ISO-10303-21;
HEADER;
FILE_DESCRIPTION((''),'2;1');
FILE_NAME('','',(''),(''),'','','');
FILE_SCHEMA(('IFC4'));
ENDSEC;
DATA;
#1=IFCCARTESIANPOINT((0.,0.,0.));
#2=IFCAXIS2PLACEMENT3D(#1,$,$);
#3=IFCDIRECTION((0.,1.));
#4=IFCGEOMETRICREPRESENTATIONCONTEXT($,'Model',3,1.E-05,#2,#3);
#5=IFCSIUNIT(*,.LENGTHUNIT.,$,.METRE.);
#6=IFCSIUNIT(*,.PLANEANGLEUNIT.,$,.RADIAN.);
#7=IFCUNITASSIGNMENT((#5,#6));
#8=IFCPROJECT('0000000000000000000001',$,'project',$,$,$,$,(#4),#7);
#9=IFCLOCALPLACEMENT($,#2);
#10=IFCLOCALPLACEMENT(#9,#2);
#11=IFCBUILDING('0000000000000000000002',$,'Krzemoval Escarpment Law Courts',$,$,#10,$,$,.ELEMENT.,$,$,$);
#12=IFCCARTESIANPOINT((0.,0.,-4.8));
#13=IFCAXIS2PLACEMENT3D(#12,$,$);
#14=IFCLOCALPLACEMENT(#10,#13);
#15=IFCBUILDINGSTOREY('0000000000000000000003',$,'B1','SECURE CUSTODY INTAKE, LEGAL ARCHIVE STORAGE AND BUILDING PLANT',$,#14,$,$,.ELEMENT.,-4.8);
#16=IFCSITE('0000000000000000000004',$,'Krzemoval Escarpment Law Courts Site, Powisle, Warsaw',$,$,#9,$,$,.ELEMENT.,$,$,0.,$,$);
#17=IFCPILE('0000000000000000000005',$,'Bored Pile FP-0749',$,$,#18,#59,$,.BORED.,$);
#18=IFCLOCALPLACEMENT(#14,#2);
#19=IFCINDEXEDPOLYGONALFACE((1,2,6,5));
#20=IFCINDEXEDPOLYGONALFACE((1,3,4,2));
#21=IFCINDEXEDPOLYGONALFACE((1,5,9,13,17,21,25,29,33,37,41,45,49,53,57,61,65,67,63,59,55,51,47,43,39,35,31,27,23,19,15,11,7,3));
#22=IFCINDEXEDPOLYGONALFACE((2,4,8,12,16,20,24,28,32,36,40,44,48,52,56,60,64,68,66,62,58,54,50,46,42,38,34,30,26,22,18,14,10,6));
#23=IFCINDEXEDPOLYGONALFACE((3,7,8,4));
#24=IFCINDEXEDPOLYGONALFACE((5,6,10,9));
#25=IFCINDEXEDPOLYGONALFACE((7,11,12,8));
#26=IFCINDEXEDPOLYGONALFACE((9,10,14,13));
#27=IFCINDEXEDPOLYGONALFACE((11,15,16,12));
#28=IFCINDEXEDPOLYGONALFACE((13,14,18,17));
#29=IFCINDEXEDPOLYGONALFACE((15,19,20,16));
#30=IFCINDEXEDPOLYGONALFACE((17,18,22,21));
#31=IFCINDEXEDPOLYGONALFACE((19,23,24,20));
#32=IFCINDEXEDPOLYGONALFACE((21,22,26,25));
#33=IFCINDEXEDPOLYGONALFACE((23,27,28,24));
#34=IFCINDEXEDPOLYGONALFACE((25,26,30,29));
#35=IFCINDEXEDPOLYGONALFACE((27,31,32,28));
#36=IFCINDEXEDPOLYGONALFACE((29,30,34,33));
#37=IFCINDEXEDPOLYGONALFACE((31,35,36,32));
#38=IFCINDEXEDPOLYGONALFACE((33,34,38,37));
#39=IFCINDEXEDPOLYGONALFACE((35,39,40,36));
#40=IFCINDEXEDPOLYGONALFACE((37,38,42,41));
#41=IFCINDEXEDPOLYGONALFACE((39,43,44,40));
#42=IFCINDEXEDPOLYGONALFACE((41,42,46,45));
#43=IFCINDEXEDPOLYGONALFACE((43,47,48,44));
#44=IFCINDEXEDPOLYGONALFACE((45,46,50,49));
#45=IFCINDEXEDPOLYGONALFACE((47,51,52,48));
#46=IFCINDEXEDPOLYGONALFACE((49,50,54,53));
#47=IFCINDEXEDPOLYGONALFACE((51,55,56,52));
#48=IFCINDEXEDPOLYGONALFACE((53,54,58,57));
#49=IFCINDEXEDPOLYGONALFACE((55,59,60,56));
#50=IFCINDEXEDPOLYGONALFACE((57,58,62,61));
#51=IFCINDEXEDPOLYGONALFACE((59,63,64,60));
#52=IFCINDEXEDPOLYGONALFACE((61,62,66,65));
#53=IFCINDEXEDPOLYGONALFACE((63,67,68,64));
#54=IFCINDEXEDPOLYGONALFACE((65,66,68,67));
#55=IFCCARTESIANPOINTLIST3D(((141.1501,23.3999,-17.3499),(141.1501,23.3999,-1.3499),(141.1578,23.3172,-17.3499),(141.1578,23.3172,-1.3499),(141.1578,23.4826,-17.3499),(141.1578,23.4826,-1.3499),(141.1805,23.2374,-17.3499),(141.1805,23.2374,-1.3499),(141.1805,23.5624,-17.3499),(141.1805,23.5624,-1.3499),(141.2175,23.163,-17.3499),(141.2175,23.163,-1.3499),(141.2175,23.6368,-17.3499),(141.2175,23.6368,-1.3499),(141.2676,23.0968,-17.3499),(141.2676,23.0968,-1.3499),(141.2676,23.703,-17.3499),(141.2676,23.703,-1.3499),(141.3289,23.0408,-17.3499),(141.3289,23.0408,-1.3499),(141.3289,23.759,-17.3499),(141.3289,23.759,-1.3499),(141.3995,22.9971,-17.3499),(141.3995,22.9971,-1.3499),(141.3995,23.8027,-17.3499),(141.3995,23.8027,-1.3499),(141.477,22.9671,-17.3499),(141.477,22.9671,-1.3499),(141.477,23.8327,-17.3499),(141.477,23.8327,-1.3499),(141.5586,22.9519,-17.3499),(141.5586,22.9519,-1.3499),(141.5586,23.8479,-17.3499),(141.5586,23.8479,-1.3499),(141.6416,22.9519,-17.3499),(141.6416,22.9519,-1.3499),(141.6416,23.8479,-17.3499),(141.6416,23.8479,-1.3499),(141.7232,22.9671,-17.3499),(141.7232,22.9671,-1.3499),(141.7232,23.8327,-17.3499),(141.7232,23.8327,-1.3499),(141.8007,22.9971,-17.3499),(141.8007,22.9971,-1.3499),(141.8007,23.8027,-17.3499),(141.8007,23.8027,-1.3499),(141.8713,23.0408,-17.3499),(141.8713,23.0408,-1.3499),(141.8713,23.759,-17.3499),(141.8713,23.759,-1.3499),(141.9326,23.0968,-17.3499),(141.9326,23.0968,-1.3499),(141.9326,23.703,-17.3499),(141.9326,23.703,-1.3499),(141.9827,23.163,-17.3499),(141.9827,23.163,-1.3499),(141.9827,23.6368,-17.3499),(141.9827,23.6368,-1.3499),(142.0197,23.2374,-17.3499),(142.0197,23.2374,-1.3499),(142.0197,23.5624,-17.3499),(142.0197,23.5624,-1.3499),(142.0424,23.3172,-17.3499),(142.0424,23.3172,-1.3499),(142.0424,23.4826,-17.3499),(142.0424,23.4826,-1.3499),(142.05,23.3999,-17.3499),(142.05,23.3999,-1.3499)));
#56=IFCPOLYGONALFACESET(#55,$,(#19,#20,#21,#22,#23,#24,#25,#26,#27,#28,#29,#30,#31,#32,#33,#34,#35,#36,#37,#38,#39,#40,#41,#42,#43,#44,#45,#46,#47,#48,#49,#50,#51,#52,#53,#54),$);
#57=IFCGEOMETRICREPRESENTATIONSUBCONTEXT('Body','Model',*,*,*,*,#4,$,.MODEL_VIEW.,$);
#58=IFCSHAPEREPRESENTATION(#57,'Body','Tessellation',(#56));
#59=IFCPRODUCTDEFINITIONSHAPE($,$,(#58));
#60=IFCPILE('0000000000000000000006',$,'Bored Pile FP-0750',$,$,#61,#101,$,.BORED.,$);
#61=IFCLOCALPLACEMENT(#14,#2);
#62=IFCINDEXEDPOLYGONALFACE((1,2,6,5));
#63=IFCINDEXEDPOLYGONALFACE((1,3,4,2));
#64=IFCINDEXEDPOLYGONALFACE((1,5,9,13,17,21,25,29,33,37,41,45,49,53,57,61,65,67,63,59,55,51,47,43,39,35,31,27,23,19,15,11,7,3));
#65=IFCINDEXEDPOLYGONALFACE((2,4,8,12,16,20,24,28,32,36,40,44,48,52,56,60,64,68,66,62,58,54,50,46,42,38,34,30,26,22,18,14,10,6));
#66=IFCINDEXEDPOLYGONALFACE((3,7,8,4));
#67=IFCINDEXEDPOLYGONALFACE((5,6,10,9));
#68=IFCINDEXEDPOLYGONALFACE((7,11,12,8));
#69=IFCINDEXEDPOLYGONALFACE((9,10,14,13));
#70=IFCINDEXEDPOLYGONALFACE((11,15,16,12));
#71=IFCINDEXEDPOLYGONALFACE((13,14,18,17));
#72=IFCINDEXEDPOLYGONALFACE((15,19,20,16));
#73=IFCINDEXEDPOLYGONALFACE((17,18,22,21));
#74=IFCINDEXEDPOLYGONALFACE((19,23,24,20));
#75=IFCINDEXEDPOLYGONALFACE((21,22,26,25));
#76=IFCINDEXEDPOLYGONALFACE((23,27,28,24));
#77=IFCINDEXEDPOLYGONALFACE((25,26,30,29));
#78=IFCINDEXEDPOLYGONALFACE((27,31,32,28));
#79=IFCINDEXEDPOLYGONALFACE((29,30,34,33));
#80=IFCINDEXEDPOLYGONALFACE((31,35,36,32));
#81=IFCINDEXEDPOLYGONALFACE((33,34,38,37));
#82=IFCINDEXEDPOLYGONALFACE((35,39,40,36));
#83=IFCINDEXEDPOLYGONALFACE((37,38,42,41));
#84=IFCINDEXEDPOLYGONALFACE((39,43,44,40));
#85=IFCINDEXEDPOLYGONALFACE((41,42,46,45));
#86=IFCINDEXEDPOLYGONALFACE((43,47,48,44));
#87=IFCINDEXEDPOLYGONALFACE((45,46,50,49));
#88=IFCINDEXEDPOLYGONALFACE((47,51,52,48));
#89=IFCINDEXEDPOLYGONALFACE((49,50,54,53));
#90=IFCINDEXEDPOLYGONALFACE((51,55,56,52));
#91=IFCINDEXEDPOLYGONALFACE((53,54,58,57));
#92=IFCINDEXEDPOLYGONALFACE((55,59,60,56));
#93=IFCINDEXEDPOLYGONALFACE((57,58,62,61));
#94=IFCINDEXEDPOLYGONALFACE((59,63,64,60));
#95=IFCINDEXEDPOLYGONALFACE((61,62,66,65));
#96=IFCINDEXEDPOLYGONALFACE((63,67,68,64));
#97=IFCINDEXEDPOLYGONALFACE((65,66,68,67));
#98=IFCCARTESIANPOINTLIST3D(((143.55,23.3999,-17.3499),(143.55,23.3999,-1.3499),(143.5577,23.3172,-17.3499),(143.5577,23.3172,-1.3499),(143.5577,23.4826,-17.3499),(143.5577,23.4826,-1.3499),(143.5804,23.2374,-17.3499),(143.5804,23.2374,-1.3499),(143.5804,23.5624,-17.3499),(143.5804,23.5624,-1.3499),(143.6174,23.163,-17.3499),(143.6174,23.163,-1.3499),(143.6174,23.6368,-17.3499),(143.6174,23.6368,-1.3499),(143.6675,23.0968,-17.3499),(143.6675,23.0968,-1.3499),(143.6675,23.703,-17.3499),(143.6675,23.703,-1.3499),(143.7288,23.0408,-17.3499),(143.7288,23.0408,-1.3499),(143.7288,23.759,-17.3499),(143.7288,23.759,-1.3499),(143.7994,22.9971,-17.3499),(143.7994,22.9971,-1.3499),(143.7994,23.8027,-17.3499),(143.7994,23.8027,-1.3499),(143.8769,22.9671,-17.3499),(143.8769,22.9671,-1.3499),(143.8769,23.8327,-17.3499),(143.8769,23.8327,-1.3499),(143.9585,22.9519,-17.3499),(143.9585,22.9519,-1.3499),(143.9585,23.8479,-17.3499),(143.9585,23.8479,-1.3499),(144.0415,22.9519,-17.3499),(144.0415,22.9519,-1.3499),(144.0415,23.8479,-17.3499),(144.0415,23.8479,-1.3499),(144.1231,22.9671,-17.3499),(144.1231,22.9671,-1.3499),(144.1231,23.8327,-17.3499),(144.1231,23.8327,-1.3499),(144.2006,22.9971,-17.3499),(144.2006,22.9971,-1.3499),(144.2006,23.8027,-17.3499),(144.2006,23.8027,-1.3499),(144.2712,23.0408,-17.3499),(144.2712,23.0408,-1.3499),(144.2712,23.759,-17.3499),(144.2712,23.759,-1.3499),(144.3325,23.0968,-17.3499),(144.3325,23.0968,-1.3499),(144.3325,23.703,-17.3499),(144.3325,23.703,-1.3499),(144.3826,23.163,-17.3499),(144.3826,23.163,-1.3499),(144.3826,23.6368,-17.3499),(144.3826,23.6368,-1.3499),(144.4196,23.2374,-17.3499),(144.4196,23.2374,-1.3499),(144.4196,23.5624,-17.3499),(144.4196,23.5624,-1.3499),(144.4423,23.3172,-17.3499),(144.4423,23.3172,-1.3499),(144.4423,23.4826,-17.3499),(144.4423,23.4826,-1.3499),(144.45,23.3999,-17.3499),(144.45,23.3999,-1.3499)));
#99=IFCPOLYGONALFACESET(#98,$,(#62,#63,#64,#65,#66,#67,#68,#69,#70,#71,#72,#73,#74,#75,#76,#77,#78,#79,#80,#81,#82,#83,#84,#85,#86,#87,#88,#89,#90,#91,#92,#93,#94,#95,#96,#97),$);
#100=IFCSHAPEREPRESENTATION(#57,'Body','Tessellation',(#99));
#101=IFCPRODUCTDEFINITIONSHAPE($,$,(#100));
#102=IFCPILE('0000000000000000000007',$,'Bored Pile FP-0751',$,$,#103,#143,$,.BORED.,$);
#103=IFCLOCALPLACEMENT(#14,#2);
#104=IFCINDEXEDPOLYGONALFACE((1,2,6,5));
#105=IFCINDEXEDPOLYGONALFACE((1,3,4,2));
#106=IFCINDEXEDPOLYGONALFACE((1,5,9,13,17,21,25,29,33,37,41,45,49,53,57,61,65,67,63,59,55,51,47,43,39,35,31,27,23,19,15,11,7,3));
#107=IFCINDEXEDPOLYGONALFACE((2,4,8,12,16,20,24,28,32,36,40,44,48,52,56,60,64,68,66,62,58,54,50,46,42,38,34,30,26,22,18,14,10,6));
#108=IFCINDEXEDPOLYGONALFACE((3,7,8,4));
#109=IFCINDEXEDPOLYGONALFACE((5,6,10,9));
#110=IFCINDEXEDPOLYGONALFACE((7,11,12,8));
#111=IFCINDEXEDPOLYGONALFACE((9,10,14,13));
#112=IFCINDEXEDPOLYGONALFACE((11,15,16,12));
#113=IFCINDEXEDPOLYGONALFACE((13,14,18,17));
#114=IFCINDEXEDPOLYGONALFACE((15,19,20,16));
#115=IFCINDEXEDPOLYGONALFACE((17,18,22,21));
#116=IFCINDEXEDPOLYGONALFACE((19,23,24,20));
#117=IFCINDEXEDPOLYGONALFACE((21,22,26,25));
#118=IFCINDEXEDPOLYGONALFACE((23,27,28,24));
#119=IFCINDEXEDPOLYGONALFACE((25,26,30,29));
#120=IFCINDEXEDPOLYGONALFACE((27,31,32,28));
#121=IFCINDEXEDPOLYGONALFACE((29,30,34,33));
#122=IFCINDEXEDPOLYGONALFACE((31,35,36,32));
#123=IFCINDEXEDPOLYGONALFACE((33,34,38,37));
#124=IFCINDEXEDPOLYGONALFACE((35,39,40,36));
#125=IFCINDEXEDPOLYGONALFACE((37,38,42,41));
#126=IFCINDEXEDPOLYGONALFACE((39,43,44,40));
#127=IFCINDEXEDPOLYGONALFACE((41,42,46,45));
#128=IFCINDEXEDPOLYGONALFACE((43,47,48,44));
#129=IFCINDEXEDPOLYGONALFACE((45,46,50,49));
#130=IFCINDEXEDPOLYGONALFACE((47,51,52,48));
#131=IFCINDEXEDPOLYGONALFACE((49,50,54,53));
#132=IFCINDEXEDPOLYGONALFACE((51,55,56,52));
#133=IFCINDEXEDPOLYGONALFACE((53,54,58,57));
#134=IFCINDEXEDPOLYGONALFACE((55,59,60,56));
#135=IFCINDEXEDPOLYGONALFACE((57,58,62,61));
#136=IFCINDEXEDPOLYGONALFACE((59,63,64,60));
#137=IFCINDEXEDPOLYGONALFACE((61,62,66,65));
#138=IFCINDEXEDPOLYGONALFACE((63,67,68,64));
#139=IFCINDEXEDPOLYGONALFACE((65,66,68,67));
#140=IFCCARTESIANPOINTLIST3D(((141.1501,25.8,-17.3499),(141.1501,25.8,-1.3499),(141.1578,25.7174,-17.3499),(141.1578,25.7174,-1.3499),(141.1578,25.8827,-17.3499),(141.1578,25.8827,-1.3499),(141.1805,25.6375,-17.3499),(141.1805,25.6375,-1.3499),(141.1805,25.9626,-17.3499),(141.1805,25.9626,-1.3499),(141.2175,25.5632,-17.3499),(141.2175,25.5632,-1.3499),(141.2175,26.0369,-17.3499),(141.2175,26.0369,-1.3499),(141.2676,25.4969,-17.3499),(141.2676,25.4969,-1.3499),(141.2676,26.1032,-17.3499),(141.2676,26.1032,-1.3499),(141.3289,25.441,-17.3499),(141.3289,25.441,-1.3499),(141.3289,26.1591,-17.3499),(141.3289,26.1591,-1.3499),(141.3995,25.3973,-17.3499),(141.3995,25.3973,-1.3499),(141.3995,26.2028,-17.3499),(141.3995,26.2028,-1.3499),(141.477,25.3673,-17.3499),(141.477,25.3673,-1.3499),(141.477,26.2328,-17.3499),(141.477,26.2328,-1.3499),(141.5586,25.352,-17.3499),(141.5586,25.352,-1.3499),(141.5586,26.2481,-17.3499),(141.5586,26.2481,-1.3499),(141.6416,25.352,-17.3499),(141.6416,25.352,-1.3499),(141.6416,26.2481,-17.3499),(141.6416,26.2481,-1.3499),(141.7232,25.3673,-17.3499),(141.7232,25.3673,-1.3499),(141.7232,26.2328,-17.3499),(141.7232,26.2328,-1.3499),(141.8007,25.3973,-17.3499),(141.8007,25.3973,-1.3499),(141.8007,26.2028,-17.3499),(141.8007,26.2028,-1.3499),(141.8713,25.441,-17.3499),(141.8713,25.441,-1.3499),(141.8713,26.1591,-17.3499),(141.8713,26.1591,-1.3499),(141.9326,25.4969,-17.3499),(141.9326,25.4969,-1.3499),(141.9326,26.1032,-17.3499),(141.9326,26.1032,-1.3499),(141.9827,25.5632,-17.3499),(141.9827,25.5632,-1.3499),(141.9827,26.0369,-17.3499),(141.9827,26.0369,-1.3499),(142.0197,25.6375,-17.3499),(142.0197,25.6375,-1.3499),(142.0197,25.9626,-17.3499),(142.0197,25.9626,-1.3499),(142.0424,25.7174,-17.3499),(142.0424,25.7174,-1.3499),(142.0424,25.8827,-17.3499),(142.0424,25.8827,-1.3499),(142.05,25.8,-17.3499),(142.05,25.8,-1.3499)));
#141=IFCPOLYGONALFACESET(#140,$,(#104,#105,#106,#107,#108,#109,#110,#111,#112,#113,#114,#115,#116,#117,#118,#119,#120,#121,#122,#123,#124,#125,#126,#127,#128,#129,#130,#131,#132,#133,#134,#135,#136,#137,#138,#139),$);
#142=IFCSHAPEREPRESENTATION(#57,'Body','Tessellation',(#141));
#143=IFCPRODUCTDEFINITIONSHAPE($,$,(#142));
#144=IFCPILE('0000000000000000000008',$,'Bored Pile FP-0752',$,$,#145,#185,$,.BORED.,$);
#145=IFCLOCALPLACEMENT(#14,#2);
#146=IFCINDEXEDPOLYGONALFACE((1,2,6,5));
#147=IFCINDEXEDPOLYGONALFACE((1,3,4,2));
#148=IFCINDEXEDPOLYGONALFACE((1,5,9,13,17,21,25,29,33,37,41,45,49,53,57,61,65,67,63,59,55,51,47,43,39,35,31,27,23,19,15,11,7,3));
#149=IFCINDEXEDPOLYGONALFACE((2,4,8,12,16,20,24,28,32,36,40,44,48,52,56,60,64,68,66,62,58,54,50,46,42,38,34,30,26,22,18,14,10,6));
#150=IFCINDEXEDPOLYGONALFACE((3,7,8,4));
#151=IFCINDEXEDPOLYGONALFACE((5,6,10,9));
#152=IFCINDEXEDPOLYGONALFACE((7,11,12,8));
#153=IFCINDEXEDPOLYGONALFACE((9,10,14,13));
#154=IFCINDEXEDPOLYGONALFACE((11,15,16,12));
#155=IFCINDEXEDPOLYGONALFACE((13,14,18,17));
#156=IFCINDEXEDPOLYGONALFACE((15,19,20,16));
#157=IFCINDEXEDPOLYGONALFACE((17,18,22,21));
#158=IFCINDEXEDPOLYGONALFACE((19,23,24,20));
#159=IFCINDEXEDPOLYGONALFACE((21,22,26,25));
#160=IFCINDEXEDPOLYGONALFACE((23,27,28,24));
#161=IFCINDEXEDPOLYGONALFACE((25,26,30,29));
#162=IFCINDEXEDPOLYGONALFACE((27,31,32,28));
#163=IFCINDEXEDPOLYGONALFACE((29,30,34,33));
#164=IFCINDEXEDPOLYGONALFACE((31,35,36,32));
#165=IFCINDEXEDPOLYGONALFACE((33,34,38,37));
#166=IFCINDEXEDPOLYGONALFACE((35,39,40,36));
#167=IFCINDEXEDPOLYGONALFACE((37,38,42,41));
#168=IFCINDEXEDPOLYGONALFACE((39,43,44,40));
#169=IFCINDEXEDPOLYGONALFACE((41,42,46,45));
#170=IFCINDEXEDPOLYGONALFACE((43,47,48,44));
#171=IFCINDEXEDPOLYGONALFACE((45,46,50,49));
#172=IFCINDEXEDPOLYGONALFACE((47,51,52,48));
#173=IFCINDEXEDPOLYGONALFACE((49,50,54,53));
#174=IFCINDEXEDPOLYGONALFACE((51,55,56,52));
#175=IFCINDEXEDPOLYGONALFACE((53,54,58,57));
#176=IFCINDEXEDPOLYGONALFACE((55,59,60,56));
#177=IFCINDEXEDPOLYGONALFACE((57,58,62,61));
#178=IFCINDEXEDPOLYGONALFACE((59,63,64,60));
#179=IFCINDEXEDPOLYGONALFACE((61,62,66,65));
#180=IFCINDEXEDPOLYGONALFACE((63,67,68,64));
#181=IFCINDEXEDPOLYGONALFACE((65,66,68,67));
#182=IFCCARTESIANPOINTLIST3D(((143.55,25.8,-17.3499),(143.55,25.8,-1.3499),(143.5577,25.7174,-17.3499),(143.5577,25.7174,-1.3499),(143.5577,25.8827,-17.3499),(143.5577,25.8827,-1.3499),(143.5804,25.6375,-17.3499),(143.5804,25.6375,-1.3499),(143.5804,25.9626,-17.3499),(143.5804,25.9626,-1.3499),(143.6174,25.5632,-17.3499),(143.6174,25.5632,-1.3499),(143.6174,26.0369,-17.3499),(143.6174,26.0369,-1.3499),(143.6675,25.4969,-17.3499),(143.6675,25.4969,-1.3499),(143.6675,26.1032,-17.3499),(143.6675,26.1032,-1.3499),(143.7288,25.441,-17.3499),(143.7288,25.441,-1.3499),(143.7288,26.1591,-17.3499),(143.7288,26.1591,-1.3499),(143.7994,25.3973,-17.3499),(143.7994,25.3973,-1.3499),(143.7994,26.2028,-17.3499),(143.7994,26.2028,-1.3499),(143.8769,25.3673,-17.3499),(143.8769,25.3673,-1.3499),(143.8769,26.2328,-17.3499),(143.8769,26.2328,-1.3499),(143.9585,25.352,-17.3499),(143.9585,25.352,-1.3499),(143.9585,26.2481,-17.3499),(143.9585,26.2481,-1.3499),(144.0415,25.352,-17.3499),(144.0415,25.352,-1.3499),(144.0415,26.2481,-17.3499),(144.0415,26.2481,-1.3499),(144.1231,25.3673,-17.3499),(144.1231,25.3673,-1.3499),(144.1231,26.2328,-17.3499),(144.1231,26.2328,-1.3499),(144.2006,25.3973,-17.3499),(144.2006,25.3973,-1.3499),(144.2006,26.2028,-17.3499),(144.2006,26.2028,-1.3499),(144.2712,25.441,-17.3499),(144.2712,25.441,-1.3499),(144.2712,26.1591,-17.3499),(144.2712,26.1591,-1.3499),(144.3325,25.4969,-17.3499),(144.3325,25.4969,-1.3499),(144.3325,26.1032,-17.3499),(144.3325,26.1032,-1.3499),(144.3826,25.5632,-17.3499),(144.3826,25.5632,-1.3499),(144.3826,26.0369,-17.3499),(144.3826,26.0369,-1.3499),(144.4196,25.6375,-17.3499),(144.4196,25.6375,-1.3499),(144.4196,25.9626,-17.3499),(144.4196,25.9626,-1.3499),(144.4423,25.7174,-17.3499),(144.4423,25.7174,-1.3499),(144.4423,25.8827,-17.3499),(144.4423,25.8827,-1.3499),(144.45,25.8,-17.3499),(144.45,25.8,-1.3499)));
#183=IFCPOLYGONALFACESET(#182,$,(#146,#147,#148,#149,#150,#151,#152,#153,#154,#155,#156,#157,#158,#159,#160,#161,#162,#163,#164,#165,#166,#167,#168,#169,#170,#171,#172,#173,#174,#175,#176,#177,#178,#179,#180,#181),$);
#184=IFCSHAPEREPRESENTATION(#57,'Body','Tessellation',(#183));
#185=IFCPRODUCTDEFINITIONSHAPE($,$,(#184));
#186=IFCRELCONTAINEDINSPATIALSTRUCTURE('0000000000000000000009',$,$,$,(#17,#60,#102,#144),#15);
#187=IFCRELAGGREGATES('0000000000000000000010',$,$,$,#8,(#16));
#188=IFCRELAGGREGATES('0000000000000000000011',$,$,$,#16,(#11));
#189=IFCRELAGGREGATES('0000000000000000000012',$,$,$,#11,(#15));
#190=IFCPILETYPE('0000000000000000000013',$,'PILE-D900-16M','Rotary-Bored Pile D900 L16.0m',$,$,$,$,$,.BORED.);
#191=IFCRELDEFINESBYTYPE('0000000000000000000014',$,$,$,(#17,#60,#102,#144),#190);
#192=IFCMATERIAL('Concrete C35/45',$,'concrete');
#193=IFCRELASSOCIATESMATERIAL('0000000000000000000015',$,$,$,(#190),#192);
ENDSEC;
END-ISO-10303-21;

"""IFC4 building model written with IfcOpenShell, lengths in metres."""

from ifc_helpers import new_model, si_unit, direction, frame, origin, origin_2d, place, context, subcontext, project, spatial, circle, extrude, material, material_profile, profile_set, type_object, element, save


model = new_model("IFC4")

# Units and contexts
model_context = context("Model", 3, precision=1e-05, world=origin(), true_north=direction((0.0, 1.0)))
body_context = subcontext(model_context, "Body", "Model", "MODEL_VIEW")
ifc_project = project(units=[si_unit("LENGTHUNIT", "METRE"), si_unit("PLANEANGLEUNIT", "RADIAN")], contexts=[model_context])

# Site, building, storey
site_placement = place(None, origin())
site = spatial("IfcSite", under=ifc_project, at=site_placement, Name="Krzemoval Escarpment Law Courts Site, Powisle, Warsaw", CompositionType="ELEMENT", RefElevation=0.0)
building_placement = place(site_placement, origin())
building = spatial("IfcBuilding", under=site, at=building_placement, Name="Krzemoval Escarpment Law Courts", CompositionType="ELEMENT")
storey_placement = place(building_placement, frame((0.0, 0.0, -4.8)))
storey = spatial("IfcBuildingStorey", under=building, at=storey_placement, Name="B1", Description="SECURE CUSTODY INTAKE, LEGAL ARCHIVE STORAGE AND BUILDING PLANT", CompositionType="ELEMENT", Elevation=-4.8)

# Piles
ifc_material_1 = material(Name="Concrete C35/45", Category="concrete")
ifc_material_profile_1 = material_profile(ifc_material_1, circle(Radius=0.45, at=origin_2d()), Name="PILE D900")
ifc_profile_set_1 = profile_set([ifc_material_profile_1], Name="Concrete C35/45")
pile_type = type_object("IfcPileType", Name="PILE-D900-16M", Description="Rotary-Bored Pile D900 L16.0m", PredefinedType="BORED", material=ifc_profile_set_1)
for number, where, z_axis, x_axis, name in (
    (1, (141.6001, 23.3999, -1.3499), (0.0, 0.0, -1.0), (1.0, 0.0, 0.0), "Bored Pile FP-0749"),
    (2, (144.0, 23.3999, -1.3499), (0.0, 0.0, -1.0), (1.0, 0.0, 0.0), "Bored Pile FP-0750"),
    (3, (141.6001, 25.8, -1.3499), (0.0, 0.0, -1.0), (1.0, 0.0, 0.0), "Bored Pile FP-0751"),
    (4, (144.0, 25.8, -1.3499), (0.0, 0.0, -1.0), (1.0, 0.0, 0.0), "Bored Pile FP-0752"),
):
    element("IfcPile", number, at=place(storey_placement, frame(where, z_axis=z_axis, x_axis=x_axis)), inside=storey, type_object=pile_type, Name=name, PredefinedType="BORED", context=body_context, shape_type="SweptSolid", body=[
        extrude(circle(Radius=0.45, at=origin_2d()), origin(), (0.0, 0.0, 1.0), 16.0),
    ])

save(model, "model.ifc")
